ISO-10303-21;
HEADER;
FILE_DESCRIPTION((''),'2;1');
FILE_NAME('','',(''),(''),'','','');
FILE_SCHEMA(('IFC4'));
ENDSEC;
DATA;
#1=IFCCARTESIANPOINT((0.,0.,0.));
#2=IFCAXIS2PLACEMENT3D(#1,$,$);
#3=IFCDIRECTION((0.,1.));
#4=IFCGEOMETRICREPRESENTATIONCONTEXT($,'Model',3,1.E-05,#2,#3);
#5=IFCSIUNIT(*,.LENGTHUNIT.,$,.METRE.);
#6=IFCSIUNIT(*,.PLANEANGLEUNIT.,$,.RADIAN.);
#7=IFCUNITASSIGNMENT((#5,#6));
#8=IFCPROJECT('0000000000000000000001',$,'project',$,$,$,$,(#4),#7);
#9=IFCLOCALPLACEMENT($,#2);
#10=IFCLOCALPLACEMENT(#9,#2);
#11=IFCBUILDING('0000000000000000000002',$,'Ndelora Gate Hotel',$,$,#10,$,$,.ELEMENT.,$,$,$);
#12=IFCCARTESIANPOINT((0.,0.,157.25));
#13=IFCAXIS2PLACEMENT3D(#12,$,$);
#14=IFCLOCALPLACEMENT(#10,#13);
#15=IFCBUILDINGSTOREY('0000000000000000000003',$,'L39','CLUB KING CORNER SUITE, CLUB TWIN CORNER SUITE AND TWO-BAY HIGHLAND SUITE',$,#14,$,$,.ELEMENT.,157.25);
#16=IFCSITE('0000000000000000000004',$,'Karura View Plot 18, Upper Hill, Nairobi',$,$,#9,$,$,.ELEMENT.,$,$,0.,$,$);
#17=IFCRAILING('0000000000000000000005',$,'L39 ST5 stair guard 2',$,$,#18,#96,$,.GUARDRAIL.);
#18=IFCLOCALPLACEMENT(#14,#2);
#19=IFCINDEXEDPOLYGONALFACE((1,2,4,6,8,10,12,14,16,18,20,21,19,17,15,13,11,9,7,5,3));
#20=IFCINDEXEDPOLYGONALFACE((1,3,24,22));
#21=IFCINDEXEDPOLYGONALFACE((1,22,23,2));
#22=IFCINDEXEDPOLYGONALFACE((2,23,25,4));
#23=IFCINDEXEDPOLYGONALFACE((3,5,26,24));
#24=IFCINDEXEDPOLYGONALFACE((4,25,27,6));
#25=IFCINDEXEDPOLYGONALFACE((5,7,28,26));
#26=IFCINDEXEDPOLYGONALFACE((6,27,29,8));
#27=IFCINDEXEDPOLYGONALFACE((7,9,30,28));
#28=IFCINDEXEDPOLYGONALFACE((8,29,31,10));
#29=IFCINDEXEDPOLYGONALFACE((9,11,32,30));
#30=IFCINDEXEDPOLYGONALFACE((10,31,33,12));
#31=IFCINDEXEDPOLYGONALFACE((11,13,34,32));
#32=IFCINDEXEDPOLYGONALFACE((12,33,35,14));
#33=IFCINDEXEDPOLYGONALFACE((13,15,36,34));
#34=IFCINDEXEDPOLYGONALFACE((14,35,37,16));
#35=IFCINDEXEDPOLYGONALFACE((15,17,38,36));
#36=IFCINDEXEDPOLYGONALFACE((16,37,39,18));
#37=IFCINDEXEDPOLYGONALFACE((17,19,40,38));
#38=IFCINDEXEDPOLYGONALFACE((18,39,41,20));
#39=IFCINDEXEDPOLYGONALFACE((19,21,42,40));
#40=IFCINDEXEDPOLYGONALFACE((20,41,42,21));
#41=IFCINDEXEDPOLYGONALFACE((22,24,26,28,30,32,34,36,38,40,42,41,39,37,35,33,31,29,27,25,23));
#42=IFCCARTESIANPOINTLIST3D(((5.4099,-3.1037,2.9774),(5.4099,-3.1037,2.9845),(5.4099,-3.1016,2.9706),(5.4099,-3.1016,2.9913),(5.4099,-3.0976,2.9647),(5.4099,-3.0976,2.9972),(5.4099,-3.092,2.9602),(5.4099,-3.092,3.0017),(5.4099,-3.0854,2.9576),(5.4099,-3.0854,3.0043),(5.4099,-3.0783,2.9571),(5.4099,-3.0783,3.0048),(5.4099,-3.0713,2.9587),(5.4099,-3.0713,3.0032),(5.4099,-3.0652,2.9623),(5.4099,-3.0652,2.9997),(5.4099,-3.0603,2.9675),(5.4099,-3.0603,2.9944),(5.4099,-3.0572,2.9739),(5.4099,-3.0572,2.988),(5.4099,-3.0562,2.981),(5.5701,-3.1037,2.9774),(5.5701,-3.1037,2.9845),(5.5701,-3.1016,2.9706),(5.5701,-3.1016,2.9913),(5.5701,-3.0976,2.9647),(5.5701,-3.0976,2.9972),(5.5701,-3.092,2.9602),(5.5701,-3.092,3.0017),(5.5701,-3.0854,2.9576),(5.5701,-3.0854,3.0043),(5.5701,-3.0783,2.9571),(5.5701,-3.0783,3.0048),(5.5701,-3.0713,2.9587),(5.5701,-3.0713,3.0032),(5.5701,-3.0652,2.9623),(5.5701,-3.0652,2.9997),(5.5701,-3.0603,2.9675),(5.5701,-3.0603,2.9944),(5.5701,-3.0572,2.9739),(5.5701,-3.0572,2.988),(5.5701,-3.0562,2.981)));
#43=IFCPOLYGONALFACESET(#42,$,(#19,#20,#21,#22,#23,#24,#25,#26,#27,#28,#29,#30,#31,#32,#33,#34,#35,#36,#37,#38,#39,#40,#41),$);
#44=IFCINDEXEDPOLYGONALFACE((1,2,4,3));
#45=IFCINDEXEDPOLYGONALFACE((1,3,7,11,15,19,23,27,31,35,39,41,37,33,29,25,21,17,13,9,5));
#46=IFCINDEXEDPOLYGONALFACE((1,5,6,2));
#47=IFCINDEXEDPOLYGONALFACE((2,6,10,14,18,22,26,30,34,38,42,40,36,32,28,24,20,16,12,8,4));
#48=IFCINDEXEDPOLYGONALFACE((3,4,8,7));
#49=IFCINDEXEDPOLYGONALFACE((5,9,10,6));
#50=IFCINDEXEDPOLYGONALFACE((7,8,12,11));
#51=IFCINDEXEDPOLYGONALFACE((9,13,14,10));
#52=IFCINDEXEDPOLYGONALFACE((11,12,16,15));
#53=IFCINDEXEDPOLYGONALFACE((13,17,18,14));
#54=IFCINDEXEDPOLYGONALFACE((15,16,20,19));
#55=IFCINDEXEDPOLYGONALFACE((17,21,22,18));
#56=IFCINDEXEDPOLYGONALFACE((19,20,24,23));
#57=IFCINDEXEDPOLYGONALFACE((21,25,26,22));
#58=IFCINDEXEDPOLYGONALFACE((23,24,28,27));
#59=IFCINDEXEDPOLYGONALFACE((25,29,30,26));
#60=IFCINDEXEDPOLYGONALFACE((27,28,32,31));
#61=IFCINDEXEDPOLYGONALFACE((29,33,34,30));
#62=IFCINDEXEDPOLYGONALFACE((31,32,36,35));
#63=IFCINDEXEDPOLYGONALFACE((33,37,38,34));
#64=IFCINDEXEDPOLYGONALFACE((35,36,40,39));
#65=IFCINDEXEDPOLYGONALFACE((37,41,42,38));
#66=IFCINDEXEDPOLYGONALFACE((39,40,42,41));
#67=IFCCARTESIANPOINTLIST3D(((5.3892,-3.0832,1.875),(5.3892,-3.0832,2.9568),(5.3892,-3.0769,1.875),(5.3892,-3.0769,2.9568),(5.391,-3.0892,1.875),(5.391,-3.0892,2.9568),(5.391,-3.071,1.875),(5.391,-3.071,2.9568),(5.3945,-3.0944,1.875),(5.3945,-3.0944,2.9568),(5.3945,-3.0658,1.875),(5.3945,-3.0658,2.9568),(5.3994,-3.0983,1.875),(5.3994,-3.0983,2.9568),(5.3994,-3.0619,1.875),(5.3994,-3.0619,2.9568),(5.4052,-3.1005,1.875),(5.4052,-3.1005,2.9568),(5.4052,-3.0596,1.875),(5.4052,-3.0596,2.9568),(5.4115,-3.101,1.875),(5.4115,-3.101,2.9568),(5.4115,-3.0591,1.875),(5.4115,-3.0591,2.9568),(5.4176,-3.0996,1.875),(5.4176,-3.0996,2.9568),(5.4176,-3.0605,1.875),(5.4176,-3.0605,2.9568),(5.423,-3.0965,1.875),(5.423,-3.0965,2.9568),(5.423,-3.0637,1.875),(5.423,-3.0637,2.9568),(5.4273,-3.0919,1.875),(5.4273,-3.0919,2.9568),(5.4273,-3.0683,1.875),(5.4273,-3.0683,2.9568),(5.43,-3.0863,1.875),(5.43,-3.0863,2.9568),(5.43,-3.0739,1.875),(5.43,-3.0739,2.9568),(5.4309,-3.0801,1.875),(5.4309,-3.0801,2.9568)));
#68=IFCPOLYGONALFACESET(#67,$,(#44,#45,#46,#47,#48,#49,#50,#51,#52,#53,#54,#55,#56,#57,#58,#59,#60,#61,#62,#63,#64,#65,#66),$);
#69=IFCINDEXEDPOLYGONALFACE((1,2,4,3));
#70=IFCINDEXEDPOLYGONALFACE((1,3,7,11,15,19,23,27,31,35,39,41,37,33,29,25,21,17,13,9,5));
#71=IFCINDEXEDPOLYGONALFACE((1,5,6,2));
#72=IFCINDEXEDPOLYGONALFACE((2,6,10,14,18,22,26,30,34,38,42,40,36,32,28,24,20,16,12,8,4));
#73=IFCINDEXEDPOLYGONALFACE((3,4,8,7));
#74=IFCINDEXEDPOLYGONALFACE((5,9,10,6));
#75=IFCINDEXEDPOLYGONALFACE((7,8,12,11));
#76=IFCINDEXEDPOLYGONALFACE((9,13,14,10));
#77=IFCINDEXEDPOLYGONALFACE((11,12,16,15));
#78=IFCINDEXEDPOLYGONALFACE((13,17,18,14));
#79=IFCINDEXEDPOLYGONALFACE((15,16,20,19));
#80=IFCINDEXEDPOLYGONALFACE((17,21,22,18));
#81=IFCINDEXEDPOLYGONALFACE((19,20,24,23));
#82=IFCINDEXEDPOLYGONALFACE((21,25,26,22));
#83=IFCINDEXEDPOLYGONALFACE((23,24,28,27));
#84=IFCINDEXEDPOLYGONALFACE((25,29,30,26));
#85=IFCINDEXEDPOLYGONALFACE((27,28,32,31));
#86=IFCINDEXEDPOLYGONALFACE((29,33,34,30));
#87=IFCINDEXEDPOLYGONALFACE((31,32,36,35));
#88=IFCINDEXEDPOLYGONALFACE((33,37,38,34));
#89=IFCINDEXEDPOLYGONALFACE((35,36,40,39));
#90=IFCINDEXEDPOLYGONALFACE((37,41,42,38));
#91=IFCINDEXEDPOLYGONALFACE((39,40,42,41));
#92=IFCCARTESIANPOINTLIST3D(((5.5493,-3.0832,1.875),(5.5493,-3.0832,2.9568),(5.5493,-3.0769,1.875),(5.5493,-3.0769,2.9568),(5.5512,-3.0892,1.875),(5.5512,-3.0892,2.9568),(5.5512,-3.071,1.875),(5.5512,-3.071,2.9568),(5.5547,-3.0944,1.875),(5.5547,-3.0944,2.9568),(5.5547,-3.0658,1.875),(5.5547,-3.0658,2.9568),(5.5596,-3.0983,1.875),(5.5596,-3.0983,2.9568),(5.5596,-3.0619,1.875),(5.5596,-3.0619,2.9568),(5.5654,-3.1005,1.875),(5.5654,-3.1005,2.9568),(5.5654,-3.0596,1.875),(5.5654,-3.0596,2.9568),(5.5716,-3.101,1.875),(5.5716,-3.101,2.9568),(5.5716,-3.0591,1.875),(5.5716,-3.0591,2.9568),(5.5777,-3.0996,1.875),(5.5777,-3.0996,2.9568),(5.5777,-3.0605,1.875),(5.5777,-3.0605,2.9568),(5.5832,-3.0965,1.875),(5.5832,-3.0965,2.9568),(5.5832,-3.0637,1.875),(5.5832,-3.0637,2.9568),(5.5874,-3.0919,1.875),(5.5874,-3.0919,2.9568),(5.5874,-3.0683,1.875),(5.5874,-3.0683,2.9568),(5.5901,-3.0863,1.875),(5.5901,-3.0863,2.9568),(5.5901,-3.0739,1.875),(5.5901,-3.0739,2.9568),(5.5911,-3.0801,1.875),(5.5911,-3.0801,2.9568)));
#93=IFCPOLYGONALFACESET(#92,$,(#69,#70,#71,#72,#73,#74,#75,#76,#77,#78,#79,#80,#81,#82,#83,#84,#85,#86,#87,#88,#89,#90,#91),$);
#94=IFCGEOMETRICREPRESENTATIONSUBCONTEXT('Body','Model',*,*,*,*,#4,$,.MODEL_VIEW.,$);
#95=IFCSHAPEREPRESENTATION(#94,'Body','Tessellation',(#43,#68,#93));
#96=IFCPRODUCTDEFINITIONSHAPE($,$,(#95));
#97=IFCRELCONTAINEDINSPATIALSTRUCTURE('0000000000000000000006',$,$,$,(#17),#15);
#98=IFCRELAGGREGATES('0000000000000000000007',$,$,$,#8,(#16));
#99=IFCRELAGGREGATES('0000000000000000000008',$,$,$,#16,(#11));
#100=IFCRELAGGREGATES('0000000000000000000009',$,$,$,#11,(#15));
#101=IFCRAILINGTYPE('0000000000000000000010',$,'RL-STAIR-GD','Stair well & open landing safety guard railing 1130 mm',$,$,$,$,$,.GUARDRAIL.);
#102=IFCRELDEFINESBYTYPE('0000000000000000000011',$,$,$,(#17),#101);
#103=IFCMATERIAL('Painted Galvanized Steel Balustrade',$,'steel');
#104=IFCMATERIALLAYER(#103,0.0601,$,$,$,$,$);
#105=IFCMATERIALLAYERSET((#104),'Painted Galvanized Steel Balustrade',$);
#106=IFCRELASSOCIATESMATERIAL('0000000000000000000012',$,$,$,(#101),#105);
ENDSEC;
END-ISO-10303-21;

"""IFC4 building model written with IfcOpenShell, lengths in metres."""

from ifc_helpers import new_model, si_unit, direction, frame, origin, origin_2d, place, context, subcontext, project, spatial, circle, extrude, material, layer, layer_set, type_object, element, save


model = new_model("IFC4")

# Units and contexts
model_context = context("Model", 3, precision=1e-05, world=origin(), true_north=direction((0.0, 1.0)))
body_context = subcontext(model_context, "Body", "Model", "MODEL_VIEW")
ifc_project = project(units=[si_unit("LENGTHUNIT", "METRE"), si_unit("PLANEANGLEUNIT", "RADIAN")], contexts=[model_context])

# Site, building, storey
site_placement = place(None, origin())
site = spatial("IfcSite", under=ifc_project, at=site_placement, Name="Karura View Plot 18, Upper Hill, Nairobi", CompositionType="ELEMENT", RefElevation=0.0)
building_placement = place(site_placement, origin())
building = spatial("IfcBuilding", under=site, at=building_placement, Name="Ndelora Gate Hotel", CompositionType="ELEMENT")
storey_placement = place(building_placement, frame((0.0, 0.0, 157.25)))
storey = spatial("IfcBuildingStorey", under=building, at=storey_placement, Name="L39", Description="CLUB KING CORNER SUITE, CLUB TWIN CORNER SUITE AND TWO-BAY HIGHLAND SUITE", CompositionType="ELEMENT", Elevation=157.25)

# Railing
ifc_material_1 = material(Name="Painted Galvanized Steel Balustrade", Category="steel")
ifc_layer_1 = layer(ifc_material_1, 0.0601)
ifc_layer_set_1 = layer_set([ifc_layer_1], Name="Painted Galvanized Steel Balustrade")
railing_type_1 = type_object("IfcRailingType", Name="RL-STAIR-GD", Description="Stair well & open landing safety guard railing 1130 mm", PredefinedType="GUARDRAIL", material=ifc_layer_set_1)
railing_1_placement = place(storey_placement, frame((5.4099, -3.0801, 1.875)))
element("IfcRailing", 1, at=railing_1_placement, inside=storey, type_object=railing_type_1, Name="L39 ST5 stair guard 2", PredefinedType="GUARDRAIL", context=body_context, shape_type="SweptSolid", body=[
    extrude(circle(Radius=0.0239, at=origin_2d()), frame((0.0, 0.0, 1.106), z_axis=(1.0, 0.0, 0.0), x_axis=(0.0, 1.0, 0.0)), (0.0, 0.0, 1.0), 0.1602),
    extrude(circle(Radius=0.021, at=origin_2d()), origin(), (0.0, 0.0, 1.0), 1.0818),
    extrude(circle(Radius=0.021, at=origin_2d()), frame((0.1602, 0.0, 0.0)), (0.0, 0.0, 1.0), 1.0818),
])

save(model, "model.ifc")
